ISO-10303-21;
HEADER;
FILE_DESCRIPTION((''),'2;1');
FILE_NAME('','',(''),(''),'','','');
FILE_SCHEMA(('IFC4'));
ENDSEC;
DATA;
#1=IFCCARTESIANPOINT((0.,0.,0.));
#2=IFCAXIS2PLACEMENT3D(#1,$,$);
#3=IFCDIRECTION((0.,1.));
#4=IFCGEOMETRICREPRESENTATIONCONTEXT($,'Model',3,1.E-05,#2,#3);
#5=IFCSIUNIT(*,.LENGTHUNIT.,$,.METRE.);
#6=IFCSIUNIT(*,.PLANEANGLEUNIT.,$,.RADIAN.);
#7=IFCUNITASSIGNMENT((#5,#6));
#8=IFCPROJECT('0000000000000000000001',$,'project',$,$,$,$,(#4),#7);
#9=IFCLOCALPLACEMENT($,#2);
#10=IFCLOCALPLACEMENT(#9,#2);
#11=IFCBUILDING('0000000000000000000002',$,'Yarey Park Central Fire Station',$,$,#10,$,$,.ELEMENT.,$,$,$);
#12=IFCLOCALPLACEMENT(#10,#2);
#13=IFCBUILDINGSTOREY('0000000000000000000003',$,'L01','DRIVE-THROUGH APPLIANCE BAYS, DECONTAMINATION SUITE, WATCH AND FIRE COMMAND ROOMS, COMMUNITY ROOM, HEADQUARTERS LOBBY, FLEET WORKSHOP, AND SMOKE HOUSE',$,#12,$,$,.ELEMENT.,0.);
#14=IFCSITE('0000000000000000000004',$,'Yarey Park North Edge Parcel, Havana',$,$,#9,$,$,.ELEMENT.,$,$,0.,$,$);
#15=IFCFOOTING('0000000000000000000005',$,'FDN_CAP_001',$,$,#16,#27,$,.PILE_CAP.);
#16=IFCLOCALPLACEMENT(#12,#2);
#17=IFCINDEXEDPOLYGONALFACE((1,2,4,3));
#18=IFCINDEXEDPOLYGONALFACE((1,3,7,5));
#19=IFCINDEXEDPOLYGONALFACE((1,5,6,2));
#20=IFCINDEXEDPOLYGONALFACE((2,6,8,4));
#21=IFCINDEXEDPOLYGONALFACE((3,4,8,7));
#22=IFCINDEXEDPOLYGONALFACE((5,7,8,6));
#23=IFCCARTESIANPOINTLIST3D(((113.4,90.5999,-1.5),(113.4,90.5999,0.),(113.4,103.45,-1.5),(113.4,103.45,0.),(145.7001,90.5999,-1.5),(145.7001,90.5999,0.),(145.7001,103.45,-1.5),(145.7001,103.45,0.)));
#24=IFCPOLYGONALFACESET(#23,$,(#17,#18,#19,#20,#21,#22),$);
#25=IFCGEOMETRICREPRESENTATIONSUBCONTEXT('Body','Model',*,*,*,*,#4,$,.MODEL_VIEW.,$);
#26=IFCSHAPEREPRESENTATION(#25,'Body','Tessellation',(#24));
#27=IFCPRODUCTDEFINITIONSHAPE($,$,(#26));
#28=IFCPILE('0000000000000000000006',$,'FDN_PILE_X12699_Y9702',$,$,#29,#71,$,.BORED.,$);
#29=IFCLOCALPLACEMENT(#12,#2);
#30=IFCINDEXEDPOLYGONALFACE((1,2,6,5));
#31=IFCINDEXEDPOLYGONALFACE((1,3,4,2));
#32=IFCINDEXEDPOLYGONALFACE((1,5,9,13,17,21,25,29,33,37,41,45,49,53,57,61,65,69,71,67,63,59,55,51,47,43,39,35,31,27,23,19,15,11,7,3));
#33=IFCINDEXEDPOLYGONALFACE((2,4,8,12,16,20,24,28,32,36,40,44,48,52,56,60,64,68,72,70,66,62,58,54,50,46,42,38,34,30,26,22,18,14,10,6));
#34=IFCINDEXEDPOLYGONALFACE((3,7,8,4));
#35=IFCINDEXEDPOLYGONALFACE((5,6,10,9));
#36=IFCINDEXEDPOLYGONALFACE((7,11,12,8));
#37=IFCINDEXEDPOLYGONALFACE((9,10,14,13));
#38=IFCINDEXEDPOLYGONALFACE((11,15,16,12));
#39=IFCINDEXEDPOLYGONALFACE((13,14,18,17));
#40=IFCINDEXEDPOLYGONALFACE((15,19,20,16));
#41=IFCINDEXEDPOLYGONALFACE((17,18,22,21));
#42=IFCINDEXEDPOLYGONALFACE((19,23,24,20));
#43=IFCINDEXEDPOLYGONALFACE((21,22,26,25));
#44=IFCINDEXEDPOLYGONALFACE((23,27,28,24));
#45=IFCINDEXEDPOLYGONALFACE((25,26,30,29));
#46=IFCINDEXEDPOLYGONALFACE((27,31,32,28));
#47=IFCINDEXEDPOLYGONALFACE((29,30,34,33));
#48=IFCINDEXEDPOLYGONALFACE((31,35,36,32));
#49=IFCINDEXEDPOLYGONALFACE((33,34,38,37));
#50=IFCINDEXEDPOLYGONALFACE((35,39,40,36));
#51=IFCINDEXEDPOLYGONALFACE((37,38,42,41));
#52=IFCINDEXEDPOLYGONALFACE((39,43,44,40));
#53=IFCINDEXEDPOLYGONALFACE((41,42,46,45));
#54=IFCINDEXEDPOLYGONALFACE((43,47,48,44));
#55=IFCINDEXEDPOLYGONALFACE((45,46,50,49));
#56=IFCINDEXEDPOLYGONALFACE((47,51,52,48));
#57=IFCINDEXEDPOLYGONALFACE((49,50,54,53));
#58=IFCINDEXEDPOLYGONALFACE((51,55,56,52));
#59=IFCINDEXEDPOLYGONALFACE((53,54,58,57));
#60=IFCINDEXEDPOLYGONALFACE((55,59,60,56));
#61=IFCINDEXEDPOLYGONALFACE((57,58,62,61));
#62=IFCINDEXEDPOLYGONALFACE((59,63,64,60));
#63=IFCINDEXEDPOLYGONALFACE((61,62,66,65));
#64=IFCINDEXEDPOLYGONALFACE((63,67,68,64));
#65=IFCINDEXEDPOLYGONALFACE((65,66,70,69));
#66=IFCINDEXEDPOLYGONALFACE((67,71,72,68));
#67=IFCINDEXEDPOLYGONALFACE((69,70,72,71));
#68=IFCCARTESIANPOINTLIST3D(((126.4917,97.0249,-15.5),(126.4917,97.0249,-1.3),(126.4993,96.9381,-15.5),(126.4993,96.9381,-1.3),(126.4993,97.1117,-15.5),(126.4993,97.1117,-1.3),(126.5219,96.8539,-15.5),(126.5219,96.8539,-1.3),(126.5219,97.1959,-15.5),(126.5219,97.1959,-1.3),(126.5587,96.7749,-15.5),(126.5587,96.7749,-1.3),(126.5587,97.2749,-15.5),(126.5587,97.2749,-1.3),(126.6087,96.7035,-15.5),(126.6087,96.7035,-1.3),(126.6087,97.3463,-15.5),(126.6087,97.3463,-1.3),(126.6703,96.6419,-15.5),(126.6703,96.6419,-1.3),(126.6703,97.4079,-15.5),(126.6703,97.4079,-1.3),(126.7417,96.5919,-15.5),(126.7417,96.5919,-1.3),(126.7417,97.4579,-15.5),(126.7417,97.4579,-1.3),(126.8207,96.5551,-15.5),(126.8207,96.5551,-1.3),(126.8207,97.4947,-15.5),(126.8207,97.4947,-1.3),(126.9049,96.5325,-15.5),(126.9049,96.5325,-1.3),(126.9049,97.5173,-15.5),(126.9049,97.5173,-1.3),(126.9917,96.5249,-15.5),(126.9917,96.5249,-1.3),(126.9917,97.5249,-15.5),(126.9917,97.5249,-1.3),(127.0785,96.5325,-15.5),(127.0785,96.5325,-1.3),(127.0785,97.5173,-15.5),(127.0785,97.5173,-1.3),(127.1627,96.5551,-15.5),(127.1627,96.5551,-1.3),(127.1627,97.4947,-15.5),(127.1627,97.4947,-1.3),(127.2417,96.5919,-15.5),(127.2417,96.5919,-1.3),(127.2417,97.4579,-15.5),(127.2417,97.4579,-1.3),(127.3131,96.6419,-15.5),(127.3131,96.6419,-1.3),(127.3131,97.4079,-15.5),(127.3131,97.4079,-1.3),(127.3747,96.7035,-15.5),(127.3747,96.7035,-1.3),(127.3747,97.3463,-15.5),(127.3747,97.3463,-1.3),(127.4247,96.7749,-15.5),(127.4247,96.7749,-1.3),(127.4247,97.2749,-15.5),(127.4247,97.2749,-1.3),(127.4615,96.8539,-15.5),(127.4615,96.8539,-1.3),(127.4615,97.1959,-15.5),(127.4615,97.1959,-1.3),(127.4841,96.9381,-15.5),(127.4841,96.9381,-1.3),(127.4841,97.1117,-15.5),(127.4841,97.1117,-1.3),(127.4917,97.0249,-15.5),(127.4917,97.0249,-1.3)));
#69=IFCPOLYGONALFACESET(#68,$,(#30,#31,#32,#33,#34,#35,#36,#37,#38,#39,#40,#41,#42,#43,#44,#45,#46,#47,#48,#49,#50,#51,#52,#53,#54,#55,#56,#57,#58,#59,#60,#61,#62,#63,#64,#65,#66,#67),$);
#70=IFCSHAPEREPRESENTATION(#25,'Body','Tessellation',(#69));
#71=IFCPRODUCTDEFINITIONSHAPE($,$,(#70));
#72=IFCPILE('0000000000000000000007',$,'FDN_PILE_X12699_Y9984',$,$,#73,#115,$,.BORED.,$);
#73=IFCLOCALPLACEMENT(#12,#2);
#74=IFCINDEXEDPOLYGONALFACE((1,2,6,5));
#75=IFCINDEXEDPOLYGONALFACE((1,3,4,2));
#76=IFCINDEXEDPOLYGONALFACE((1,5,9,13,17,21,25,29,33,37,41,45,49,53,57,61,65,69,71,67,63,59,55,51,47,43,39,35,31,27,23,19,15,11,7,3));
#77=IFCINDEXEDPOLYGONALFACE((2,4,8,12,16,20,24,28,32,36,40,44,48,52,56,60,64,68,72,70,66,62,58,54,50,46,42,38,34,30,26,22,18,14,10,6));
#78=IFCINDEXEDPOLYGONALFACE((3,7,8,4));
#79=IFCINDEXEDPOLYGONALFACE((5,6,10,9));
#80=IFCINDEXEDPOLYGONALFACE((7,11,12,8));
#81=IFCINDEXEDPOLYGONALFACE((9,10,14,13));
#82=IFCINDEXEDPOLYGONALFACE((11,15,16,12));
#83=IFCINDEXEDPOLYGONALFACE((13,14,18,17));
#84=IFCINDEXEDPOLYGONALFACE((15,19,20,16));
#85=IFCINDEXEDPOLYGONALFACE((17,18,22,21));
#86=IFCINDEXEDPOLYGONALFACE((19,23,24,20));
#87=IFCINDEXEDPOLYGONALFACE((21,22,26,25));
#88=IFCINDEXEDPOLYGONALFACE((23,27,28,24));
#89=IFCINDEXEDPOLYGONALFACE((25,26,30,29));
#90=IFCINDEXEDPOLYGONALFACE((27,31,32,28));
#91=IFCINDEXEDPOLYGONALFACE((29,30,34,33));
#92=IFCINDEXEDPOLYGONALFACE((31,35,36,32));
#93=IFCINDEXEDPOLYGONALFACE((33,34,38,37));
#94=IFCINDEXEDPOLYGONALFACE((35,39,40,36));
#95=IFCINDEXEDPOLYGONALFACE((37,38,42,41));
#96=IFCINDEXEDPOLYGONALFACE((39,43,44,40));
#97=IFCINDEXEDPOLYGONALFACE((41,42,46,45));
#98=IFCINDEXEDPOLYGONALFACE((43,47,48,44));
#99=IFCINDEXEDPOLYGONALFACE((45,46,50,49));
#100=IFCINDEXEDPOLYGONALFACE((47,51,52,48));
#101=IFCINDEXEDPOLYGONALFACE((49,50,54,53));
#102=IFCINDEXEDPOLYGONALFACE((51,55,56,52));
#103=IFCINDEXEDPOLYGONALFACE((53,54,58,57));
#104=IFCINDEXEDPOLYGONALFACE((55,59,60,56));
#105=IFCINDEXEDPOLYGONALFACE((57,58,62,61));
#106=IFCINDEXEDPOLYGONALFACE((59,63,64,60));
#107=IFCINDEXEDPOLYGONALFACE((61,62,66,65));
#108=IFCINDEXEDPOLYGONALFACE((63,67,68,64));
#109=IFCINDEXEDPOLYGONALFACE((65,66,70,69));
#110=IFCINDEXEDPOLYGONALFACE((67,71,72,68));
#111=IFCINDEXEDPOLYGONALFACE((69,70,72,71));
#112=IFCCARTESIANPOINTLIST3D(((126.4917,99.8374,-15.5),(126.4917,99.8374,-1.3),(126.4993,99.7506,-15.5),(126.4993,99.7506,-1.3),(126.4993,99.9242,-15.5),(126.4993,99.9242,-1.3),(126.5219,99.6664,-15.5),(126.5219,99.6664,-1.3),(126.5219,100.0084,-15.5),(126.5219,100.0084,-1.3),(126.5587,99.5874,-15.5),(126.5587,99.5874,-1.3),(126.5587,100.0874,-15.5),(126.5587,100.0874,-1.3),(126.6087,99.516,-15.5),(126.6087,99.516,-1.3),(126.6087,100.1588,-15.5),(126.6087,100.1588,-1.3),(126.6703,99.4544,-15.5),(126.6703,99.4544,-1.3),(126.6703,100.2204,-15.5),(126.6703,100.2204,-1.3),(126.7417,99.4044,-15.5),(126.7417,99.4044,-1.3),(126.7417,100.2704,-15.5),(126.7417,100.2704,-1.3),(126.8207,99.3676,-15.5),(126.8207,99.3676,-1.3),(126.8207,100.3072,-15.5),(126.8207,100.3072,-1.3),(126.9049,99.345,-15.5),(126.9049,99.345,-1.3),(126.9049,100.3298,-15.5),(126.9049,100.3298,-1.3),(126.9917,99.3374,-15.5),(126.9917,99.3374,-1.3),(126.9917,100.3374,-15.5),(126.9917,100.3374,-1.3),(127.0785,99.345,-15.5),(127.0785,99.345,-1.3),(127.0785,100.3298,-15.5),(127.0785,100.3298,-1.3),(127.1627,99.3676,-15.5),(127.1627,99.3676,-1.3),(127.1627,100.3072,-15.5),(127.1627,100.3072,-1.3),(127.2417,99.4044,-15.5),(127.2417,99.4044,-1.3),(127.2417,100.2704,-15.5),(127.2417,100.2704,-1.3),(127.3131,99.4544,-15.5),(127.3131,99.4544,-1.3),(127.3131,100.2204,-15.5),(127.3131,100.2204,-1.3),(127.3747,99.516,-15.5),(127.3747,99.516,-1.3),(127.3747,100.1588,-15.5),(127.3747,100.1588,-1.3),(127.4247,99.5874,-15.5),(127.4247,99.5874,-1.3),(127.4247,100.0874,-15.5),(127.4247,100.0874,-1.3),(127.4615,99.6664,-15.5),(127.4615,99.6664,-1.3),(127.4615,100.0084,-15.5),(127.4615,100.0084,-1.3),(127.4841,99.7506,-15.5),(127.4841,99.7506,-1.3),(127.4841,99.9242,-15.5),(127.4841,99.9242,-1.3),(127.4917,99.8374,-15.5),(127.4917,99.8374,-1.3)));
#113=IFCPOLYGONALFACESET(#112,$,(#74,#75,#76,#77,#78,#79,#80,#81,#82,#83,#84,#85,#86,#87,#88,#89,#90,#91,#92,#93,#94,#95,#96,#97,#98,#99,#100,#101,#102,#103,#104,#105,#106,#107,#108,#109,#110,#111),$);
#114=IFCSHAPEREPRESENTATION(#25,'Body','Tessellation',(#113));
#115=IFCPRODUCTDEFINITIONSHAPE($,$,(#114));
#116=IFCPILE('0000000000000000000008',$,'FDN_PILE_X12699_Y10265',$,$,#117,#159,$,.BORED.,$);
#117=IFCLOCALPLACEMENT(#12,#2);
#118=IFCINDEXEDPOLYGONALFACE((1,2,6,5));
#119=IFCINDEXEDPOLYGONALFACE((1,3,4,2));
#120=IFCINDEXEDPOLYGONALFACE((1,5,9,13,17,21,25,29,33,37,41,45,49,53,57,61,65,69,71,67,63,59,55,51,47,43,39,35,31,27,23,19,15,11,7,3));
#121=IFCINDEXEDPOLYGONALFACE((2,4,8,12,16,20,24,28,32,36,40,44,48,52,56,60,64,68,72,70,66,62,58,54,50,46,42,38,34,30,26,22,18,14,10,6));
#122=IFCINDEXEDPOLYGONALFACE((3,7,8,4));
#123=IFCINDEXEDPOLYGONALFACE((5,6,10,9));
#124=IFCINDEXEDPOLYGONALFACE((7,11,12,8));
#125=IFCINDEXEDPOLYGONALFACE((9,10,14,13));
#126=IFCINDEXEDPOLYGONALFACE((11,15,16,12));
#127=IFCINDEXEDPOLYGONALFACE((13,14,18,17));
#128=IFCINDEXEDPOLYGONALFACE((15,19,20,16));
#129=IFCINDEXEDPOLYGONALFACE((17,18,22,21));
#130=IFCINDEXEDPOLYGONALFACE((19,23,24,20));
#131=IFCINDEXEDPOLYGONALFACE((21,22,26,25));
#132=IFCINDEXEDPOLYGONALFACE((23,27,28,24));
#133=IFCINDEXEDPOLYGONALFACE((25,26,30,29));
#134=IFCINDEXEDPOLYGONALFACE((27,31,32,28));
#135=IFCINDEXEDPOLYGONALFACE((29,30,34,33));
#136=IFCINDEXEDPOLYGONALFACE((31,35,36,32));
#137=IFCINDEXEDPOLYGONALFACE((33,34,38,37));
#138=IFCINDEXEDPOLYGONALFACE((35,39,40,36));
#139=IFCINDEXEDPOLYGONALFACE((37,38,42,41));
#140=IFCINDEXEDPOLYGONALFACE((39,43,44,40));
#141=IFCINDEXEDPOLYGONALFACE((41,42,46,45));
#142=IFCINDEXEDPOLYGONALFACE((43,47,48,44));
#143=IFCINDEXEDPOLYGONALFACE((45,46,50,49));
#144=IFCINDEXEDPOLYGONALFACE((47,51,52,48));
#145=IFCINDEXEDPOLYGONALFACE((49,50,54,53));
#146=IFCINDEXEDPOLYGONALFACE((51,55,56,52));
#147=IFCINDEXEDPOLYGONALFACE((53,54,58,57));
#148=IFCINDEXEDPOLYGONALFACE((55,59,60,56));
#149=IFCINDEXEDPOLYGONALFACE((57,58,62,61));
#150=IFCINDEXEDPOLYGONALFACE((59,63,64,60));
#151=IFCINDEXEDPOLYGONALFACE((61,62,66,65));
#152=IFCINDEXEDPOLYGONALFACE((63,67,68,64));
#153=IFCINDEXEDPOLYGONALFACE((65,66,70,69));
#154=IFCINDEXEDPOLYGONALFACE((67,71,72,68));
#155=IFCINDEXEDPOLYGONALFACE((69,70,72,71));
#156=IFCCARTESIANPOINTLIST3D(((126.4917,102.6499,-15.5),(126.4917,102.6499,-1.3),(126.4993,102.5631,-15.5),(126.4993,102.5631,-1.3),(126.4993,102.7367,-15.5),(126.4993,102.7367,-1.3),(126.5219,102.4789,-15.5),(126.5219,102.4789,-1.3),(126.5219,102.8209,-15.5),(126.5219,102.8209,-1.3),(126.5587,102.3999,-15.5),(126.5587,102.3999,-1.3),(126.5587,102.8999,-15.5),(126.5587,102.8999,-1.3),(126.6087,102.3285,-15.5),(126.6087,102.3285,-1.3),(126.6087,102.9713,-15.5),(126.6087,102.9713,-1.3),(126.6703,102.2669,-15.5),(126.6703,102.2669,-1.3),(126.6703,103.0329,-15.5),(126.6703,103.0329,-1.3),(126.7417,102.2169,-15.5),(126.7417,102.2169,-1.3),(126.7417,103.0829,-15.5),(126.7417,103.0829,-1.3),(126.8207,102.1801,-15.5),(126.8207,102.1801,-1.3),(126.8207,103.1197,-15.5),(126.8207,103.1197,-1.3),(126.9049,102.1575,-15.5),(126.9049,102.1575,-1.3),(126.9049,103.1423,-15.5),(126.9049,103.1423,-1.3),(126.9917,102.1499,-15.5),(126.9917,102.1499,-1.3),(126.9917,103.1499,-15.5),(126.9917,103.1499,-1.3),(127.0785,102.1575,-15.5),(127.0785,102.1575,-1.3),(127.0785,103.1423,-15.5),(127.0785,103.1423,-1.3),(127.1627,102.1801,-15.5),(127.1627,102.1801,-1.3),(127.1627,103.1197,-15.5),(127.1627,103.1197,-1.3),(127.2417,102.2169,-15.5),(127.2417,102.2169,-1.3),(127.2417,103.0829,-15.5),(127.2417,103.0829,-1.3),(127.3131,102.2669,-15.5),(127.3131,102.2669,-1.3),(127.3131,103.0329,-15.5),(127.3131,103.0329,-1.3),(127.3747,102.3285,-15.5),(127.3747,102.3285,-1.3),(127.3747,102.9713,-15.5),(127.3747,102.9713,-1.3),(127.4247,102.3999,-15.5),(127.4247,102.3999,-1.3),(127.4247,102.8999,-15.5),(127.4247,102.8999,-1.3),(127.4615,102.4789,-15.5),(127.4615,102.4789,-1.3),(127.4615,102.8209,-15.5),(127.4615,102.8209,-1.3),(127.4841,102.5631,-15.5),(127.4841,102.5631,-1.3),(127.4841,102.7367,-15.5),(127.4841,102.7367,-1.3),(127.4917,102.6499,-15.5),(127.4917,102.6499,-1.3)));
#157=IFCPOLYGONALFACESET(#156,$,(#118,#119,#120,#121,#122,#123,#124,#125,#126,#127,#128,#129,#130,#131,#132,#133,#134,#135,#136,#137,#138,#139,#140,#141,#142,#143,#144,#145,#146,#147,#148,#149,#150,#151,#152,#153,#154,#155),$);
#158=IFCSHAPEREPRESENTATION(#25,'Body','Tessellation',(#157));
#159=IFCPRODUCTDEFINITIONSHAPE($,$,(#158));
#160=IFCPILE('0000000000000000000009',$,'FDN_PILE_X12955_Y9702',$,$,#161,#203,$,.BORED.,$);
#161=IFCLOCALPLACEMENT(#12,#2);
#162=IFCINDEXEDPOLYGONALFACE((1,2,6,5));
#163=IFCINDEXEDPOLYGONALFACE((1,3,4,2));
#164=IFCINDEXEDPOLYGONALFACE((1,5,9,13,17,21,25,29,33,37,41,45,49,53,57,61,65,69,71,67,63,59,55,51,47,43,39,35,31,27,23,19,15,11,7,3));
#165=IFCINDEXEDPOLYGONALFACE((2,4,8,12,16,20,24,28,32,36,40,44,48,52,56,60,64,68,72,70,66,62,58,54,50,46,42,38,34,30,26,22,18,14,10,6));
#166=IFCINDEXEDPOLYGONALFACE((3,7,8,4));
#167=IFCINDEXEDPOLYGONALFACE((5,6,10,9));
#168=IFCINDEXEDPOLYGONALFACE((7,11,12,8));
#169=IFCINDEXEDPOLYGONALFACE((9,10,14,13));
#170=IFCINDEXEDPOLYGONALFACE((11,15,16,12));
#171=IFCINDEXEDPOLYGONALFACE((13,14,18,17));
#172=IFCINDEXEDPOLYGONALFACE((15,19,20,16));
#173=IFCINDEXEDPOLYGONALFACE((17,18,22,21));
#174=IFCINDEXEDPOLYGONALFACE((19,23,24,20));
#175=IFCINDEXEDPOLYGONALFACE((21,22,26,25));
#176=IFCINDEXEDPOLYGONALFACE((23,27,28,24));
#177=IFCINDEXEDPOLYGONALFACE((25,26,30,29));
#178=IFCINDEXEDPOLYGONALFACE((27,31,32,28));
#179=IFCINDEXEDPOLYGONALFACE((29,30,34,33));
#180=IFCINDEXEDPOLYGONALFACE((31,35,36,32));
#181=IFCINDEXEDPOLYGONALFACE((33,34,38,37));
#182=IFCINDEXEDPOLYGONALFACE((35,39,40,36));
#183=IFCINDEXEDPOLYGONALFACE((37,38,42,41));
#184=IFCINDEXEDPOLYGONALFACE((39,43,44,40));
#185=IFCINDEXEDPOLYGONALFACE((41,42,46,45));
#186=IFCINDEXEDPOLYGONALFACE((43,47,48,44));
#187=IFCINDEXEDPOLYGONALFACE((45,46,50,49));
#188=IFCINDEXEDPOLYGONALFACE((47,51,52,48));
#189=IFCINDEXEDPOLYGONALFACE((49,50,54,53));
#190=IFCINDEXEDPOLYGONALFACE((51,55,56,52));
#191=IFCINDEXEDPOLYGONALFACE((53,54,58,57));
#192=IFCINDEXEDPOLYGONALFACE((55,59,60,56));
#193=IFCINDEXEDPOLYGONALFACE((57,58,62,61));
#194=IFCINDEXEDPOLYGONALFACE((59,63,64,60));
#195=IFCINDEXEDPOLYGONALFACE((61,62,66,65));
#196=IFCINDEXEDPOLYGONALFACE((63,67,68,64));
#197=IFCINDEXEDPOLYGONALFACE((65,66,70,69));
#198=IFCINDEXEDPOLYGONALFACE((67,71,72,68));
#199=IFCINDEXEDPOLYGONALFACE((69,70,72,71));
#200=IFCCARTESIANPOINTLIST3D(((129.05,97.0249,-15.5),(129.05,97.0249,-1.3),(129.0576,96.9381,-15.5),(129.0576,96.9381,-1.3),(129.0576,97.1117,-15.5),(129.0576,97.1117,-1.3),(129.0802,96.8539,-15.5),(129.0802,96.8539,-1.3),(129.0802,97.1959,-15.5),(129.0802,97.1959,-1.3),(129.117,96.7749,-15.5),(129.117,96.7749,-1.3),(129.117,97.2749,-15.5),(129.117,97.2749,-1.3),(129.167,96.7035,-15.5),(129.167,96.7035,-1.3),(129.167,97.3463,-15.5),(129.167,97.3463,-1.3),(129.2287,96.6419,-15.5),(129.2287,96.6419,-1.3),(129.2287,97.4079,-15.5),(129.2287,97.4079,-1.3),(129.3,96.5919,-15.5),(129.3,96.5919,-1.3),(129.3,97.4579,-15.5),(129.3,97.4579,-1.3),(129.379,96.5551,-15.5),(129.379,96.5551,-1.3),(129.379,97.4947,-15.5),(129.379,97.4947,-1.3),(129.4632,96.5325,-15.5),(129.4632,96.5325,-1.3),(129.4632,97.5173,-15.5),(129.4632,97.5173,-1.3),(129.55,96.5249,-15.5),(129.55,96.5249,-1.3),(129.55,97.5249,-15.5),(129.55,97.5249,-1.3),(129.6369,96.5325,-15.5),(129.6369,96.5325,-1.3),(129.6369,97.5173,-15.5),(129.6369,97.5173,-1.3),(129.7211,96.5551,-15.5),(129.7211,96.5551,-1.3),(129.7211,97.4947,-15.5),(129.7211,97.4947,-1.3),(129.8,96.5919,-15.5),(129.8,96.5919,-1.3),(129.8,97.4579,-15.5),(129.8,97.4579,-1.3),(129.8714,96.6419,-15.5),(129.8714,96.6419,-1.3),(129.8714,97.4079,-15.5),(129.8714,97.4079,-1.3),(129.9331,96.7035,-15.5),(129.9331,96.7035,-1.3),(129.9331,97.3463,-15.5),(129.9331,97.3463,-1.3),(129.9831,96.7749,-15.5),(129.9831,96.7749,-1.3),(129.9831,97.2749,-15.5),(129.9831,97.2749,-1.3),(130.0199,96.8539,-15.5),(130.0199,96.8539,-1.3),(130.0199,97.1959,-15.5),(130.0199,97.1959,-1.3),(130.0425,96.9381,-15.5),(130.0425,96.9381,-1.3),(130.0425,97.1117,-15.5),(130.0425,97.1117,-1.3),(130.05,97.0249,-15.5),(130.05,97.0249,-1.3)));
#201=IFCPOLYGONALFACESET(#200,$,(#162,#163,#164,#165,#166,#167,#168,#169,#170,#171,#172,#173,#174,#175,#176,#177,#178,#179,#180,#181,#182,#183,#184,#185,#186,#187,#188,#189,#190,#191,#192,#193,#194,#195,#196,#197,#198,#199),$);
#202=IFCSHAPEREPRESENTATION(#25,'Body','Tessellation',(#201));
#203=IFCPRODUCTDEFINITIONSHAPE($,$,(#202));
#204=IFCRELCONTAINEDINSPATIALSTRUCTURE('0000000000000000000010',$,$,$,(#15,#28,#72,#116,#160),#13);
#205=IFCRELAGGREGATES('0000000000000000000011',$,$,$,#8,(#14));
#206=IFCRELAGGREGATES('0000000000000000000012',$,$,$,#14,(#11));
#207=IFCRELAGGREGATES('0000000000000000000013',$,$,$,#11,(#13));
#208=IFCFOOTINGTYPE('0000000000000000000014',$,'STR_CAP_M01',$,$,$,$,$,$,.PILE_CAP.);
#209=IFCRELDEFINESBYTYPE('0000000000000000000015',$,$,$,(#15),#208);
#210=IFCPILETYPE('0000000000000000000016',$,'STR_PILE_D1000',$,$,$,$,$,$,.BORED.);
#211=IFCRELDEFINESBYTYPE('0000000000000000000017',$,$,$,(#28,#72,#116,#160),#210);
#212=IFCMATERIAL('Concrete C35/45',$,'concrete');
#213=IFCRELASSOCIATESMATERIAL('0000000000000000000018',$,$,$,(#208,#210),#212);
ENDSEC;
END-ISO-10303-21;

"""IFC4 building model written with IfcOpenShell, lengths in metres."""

from ifc_helpers import new_model, si_unit, direction, frame, origin, origin_2d, place, context, subcontext, project, spatial, rectangle, circle, extrude, material, material_profile, profile_set, type_object, element, save


model = new_model("IFC4")

# Units and contexts
model_context = context("Model", 3, precision=1e-05, world=origin(), true_north=direction((0.0, 1.0)))
body_context = subcontext(model_context, "Body", "Model", "MODEL_VIEW")
ifc_project = project(units=[si_unit("LENGTHUNIT", "METRE"), si_unit("PLANEANGLEUNIT", "RADIAN")], contexts=[model_context])

# Site, building, storey
site_placement = place(None, origin())
site = spatial("IfcSite", under=ifc_project, at=site_placement, Name="Yarey Park North Edge Parcel, Havana", CompositionType="ELEMENT", RefElevation=0.0)
building_placement = place(site_placement, origin())
building = spatial("IfcBuilding", under=site, at=building_placement, Name="Yarey Park Central Fire Station", CompositionType="ELEMENT")
storey_placement = place(building_placement, origin())
storey = spatial("IfcBuildingStorey", under=building, at=storey_placement, Name="L01", Description="DRIVE-THROUGH APPLIANCE BAYS, DECONTAMINATION SUITE, WATCH AND FIRE COMMAND ROOMS, COMMUNITY ROOM, HEADQUARTERS LOBBY, FLEET WORKSHOP, AND SMOKE HOUSE", CompositionType="ELEMENT", Elevation=0.0)

# Footing
ifc_material_1 = material(Name="Concrete C35/45", Category="concrete")
footing_type = type_object("IfcFootingType", Name="STR_CAP_M01", PredefinedType="PILE_CAP", material=ifc_material_1)
footing_placement = place(storey_placement, frame((129.55, 97.0249, -1.5), z_axis=(0.0, 0.0, 1.0), x_axis=(1.0, 0.0, 0.0)))
element("IfcFooting", 1, at=footing_placement, inside=storey, type_object=footing_type, Name="FDN_CAP_001", PredefinedType="PILE_CAP", context=body_context, shape_type="SweptSolid", body=[
    extrude(rectangle(XDim=32.3, YDim=12.8501, at=origin_2d()), origin(), (0.0, 0.0, 1.0), 1.5),
])

# Piles
ifc_material_profile_1 = material_profile(ifc_material_1, circle(Radius=0.5, at=origin_2d()), Name="BORED PILE D1000")
ifc_profile_set_1 = profile_set([ifc_material_profile_1], Name="Concrete C35/45")
pile_type = type_object("IfcPileType", Name="STR_PILE_D1000", PredefinedType="BORED", material=ifc_profile_set_1)
for number, where, z_axis, x_axis, name in (
    (2, (126.9917, 97.0249, -1.3), (0.0, 0.0, -1.0), (1.0, 0.0, 0.0), "FDN_PILE_X12699_Y9702"),
    (3, (126.9917, 99.8374, -1.3), (0.0, 0.0, -1.0), (1.0, 0.0, 0.0), "FDN_PILE_X12699_Y9984"),
    (4, (126.9917, 102.6499, -1.3), (0.0, 0.0, -1.0), (1.0, 0.0, 0.0), "FDN_PILE_X12699_Y10265"),
    (5, (129.55, 97.0249, -1.3), (0.0, 0.0, -1.0), (1.0, 0.0, 0.0), "FDN_PILE_X12955_Y9702"),
):
    element("IfcPile", number, at=place(storey_placement, frame(where, z_axis=z_axis, x_axis=x_axis)), inside=storey, type_object=pile_type, Name=name, PredefinedType="BORED", context=body_context, shape_type="SweptSolid", body=[
        extrude(circle(Radius=0.5, at=origin_2d()), origin(), (0.0, 0.0, 1.0), 14.2),
    ])

save(model, "model.ifc")
